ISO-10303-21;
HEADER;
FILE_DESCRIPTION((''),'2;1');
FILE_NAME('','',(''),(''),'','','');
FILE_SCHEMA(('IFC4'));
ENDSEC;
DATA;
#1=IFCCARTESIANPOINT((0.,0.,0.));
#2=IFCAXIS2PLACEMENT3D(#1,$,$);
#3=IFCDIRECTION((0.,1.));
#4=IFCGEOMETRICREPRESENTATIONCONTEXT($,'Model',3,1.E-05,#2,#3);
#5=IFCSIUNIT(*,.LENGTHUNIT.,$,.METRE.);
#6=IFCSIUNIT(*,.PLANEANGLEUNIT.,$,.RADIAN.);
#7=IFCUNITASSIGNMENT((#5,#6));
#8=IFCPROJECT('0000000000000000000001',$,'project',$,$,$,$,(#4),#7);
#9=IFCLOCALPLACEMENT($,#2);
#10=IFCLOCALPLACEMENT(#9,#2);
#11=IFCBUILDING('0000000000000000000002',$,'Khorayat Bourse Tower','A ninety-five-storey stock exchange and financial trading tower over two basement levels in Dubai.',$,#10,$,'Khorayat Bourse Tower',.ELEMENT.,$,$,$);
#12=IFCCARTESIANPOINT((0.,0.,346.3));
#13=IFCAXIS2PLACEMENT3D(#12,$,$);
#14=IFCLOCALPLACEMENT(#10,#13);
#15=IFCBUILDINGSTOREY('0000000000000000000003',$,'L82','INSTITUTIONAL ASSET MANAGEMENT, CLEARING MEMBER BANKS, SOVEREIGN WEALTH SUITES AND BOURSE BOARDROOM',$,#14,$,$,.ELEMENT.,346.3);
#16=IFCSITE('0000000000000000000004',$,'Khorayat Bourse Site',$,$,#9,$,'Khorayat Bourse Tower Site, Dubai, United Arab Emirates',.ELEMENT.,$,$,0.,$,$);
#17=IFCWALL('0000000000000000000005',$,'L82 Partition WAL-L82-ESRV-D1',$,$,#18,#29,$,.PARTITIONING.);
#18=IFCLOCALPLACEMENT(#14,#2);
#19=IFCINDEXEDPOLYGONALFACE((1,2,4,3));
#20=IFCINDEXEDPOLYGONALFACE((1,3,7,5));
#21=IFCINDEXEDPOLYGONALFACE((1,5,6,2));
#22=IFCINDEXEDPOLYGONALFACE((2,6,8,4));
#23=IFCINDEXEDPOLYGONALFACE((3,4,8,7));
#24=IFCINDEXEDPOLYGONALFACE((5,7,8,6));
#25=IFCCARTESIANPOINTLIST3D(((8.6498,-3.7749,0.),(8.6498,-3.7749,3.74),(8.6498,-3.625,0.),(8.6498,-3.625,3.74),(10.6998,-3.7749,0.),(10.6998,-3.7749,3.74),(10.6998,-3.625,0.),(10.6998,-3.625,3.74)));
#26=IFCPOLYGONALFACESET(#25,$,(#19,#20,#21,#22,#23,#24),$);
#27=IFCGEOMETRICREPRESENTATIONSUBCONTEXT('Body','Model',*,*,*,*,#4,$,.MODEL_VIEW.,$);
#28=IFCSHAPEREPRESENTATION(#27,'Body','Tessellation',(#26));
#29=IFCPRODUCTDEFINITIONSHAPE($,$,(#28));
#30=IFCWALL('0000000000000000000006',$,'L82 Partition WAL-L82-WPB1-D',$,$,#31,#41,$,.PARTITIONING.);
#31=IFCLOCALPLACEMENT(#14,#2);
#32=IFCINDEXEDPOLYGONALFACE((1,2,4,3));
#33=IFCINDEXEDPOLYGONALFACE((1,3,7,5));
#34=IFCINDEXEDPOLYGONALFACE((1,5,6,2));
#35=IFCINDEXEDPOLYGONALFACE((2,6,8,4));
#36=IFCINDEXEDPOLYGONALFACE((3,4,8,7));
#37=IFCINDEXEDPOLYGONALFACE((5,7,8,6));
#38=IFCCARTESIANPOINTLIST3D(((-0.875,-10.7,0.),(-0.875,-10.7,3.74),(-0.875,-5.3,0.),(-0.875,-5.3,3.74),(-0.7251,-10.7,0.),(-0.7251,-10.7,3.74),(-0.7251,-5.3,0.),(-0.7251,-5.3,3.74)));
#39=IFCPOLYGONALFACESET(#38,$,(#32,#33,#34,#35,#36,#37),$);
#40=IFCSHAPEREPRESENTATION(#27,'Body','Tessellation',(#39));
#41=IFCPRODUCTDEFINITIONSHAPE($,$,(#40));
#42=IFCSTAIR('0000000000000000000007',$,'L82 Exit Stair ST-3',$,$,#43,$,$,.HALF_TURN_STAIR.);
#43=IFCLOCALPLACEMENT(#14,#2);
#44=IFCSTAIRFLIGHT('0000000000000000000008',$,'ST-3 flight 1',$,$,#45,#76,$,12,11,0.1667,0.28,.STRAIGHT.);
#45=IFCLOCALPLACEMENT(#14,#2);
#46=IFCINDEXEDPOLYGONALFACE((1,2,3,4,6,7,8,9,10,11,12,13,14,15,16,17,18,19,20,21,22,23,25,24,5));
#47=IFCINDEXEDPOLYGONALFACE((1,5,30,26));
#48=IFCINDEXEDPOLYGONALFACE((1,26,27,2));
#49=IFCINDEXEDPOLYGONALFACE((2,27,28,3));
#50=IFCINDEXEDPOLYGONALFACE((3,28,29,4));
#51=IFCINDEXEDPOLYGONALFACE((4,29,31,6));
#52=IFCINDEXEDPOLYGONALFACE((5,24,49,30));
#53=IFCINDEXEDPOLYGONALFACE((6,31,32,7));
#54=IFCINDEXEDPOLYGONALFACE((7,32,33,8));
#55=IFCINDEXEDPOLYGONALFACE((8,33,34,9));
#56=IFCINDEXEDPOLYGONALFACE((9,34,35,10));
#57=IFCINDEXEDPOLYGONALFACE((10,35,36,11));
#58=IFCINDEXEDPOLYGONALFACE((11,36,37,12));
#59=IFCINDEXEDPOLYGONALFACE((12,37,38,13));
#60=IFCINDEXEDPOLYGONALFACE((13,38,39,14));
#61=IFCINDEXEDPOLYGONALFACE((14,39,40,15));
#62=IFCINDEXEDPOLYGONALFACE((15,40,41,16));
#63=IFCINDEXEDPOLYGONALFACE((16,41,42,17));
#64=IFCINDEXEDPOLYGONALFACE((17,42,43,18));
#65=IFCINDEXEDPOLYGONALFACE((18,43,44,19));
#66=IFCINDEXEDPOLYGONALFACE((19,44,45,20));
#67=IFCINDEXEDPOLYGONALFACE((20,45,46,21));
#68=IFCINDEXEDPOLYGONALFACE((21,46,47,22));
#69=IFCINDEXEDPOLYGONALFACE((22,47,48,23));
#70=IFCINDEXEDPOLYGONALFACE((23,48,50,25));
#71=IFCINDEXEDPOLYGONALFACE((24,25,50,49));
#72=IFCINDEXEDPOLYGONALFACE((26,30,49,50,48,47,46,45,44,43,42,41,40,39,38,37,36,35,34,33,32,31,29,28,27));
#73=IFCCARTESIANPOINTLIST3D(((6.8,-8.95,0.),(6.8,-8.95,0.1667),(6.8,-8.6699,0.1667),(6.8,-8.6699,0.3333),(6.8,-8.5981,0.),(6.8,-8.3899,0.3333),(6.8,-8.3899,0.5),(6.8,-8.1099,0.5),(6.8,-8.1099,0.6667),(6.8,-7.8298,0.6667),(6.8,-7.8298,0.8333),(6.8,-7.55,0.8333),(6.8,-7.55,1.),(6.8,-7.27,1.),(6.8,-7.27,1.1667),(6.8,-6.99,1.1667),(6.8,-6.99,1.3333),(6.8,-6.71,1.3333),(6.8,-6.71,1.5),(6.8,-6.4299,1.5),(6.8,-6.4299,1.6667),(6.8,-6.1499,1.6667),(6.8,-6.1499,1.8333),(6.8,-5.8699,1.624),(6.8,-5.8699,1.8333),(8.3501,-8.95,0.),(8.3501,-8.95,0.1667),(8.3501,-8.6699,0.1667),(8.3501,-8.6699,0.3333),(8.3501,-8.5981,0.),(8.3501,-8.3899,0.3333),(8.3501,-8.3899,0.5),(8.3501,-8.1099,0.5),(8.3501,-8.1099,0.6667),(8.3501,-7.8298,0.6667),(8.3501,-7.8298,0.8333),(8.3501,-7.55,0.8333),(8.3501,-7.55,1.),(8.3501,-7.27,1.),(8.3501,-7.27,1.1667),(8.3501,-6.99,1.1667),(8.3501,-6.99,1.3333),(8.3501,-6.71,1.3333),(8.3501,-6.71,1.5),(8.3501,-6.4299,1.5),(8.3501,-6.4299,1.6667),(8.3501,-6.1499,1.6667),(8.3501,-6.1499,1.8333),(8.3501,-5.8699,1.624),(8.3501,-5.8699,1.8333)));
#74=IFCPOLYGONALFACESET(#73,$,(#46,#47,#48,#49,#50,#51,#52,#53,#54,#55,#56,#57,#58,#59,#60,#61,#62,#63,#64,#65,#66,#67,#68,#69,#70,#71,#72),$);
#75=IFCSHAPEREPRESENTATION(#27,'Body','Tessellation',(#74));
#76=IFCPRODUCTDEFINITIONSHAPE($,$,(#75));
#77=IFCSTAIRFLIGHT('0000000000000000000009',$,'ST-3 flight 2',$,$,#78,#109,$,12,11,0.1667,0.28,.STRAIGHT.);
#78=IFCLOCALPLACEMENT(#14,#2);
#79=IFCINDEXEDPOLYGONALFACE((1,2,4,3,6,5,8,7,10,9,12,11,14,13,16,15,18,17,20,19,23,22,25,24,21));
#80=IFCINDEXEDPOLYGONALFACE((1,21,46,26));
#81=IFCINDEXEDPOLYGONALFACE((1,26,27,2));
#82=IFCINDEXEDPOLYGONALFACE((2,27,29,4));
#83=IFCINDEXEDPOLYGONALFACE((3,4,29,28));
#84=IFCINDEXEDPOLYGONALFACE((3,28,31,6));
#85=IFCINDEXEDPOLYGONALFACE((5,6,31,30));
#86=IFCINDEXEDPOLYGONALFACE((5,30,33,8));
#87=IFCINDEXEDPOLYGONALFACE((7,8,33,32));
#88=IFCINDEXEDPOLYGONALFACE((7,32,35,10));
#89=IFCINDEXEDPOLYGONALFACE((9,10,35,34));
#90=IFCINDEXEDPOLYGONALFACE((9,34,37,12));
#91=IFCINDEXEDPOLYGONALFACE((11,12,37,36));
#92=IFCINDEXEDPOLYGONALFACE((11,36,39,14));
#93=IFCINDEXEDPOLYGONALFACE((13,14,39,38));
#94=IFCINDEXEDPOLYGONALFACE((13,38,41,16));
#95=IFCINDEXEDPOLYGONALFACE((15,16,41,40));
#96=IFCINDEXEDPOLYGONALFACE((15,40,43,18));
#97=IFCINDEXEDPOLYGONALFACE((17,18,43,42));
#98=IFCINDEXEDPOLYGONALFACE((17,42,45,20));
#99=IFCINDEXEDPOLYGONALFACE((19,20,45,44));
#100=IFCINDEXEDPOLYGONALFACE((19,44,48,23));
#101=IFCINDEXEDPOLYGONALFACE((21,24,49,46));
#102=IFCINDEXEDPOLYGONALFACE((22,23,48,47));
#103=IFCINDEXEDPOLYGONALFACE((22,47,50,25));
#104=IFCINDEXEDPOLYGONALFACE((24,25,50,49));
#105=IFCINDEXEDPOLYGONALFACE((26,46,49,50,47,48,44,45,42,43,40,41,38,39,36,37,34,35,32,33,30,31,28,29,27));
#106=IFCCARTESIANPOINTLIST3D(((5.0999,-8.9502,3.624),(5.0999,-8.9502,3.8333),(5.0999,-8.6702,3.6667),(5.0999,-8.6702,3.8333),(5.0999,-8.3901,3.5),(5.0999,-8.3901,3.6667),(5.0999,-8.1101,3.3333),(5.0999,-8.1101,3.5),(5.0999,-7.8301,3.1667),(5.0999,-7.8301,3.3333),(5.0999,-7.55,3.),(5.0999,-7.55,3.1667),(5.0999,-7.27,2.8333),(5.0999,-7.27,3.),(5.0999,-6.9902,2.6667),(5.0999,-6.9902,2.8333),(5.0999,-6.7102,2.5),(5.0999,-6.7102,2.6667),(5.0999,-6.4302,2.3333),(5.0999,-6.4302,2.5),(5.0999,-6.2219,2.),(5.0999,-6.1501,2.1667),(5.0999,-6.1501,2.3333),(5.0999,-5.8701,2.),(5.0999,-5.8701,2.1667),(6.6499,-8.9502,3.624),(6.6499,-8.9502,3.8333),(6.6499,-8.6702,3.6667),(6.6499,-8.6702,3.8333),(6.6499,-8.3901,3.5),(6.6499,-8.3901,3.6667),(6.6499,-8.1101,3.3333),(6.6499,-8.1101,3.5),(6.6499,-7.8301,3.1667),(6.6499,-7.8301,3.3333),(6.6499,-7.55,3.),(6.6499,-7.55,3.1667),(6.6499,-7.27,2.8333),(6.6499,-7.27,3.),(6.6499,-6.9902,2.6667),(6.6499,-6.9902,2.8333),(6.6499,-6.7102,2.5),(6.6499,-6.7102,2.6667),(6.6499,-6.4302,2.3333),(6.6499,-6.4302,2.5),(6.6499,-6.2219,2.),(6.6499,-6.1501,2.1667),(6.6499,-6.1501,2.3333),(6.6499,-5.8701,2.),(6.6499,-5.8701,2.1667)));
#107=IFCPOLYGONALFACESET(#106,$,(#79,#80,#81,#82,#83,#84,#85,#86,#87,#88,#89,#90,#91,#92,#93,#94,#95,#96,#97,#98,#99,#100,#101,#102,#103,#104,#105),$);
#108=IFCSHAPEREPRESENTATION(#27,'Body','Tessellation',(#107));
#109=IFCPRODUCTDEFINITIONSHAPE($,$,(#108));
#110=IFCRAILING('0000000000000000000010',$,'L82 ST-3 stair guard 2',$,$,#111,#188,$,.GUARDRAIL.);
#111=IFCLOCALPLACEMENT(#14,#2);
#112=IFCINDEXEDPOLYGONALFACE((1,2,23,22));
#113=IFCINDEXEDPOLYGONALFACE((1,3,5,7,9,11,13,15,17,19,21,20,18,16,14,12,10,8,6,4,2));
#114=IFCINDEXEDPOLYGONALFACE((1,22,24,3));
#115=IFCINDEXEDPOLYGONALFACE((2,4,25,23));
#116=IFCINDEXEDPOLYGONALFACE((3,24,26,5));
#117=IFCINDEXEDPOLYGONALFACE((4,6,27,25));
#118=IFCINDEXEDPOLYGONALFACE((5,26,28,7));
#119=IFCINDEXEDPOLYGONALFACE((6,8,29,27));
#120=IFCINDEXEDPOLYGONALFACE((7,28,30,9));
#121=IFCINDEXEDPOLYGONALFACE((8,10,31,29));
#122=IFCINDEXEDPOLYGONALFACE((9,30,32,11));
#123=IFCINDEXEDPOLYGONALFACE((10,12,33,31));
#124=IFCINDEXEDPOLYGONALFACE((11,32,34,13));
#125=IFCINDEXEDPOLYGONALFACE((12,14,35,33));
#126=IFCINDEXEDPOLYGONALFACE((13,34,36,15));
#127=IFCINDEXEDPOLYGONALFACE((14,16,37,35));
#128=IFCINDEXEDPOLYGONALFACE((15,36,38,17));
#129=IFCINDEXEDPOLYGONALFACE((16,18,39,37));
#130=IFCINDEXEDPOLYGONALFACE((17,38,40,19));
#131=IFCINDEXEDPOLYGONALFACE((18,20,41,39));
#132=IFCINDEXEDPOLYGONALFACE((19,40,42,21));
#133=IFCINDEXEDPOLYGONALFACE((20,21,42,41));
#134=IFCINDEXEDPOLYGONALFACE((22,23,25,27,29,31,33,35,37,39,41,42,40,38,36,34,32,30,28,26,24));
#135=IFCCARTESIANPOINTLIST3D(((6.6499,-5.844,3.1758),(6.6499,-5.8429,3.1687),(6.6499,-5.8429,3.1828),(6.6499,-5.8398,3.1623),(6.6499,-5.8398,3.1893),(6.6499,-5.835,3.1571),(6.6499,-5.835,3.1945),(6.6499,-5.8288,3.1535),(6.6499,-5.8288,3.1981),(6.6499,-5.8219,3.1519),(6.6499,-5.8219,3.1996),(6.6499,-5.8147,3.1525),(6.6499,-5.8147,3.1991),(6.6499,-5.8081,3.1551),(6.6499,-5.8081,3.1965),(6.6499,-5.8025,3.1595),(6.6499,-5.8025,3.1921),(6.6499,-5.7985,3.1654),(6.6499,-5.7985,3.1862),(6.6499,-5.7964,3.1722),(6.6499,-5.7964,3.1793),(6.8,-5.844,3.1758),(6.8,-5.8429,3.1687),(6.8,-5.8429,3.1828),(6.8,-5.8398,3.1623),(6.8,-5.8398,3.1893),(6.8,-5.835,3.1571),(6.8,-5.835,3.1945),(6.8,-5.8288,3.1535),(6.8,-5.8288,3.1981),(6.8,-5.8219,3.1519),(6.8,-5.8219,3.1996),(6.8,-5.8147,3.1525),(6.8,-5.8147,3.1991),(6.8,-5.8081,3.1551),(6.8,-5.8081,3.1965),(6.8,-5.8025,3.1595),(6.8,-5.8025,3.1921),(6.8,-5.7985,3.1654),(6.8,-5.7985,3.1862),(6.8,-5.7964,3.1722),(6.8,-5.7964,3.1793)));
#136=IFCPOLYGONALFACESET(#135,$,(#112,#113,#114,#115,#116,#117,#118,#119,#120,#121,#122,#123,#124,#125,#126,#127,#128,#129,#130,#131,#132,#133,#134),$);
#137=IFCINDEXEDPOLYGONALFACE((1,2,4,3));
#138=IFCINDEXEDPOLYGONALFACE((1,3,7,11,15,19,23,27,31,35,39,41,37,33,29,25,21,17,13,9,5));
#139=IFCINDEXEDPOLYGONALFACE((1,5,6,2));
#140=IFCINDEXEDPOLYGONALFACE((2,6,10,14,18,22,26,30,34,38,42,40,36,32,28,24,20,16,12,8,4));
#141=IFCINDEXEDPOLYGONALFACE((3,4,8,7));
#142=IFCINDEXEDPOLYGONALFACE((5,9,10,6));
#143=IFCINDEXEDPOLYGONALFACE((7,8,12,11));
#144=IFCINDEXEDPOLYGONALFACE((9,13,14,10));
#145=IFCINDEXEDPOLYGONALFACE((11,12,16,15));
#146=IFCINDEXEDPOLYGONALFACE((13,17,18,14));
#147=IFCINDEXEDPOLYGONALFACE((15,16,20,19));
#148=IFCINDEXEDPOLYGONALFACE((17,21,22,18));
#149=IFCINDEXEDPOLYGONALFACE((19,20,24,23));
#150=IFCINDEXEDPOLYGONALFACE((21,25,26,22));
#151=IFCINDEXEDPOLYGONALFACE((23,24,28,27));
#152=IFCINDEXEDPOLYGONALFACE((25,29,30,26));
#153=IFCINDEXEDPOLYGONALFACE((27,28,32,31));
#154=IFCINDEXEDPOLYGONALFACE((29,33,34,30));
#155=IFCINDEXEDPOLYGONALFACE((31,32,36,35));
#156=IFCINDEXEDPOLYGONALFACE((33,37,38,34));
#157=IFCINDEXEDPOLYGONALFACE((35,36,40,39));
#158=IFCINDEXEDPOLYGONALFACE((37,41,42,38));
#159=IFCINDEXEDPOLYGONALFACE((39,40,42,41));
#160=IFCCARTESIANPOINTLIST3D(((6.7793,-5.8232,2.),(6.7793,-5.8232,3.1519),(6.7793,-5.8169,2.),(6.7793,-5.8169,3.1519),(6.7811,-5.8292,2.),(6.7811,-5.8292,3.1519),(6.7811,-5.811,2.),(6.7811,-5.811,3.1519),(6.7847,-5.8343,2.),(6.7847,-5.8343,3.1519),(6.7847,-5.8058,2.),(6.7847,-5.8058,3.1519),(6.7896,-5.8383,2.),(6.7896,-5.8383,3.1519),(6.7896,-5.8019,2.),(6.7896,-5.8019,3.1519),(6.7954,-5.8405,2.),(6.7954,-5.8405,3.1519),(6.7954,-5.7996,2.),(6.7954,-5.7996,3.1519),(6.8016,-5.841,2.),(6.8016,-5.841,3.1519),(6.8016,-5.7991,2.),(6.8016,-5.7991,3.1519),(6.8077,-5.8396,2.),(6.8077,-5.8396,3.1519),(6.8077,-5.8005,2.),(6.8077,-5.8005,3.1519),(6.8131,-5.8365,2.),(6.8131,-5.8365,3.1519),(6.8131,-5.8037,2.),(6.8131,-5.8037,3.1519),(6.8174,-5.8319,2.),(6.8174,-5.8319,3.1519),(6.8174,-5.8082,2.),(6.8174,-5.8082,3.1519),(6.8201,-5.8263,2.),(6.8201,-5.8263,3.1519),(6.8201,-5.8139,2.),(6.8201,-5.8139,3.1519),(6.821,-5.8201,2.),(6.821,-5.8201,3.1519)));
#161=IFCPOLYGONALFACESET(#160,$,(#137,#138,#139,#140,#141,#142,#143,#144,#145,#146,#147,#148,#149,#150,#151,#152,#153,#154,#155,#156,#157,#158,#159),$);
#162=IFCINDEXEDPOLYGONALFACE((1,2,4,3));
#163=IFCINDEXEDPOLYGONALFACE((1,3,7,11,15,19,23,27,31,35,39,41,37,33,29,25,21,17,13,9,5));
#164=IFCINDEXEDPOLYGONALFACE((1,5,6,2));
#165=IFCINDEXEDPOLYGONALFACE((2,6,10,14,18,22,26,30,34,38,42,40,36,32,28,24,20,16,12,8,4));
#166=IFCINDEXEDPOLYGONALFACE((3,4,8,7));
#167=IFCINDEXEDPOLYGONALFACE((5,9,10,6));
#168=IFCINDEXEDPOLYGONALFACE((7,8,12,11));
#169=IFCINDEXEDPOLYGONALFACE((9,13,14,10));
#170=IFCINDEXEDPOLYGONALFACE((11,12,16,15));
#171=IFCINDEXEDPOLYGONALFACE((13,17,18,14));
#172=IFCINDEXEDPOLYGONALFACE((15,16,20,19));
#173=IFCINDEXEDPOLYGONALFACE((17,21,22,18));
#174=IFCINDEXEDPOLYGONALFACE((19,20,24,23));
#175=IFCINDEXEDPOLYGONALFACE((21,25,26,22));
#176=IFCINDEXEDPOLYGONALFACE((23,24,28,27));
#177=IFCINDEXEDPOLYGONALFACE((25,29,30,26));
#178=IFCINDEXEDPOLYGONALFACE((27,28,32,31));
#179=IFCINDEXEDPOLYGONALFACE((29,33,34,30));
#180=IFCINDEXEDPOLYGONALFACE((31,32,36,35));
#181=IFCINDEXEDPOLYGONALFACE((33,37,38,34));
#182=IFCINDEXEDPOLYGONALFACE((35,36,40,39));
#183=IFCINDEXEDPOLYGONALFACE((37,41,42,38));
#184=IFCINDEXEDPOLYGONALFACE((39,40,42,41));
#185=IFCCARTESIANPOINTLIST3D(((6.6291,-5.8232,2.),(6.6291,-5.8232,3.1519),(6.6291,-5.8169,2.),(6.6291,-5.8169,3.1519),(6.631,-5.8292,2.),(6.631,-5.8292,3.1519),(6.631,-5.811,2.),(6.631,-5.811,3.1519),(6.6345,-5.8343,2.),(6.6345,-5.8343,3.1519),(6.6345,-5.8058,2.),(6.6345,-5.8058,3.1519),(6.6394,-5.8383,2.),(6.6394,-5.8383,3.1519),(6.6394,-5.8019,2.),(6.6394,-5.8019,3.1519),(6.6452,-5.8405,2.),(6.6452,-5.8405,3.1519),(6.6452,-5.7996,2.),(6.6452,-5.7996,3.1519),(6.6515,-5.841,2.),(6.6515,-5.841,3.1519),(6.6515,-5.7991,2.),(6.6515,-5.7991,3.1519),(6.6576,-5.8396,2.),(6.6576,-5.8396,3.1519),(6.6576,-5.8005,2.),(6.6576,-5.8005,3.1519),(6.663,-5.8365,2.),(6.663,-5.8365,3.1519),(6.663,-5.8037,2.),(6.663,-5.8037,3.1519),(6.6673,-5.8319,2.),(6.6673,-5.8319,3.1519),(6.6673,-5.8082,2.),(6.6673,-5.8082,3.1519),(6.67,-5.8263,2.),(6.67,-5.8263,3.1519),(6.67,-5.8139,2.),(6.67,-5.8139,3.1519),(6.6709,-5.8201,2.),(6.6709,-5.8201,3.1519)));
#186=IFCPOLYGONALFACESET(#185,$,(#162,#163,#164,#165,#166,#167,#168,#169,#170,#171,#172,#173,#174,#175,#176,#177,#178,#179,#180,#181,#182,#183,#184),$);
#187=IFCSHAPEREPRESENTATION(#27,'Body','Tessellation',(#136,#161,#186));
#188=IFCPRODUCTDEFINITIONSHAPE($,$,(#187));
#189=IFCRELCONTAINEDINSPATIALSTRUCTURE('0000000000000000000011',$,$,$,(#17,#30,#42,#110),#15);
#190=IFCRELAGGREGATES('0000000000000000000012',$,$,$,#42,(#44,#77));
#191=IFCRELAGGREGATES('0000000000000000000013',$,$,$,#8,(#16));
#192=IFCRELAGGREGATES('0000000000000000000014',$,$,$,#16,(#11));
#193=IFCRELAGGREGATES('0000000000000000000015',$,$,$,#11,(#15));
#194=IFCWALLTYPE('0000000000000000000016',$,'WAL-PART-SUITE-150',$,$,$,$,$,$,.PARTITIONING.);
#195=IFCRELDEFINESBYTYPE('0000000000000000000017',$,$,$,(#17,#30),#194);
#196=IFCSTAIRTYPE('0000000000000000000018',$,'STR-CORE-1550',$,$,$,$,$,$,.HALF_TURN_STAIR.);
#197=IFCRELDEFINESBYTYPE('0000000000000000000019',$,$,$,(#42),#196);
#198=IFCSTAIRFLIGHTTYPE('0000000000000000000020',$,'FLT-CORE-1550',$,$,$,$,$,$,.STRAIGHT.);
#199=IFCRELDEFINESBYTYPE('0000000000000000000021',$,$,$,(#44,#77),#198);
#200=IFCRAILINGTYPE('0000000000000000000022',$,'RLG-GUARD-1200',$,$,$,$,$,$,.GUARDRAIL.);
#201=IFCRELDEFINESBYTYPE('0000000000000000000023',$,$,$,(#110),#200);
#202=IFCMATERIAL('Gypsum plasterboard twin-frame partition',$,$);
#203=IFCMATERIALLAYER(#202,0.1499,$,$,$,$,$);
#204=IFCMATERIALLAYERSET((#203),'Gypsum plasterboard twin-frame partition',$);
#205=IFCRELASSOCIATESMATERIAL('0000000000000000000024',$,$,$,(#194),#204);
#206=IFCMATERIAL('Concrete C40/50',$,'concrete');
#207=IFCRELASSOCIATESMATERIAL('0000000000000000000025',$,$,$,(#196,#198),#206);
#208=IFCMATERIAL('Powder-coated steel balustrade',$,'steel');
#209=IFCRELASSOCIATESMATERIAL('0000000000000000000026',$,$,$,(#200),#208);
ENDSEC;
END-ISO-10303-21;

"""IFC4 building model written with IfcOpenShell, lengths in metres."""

from ifc_helpers import new_model, si_unit, direction, frame, frame_2d, origin, origin_2d, place, context, subcontext, project, spatial, polyline, rectangle, circle, outline, extrude, source, transform, mapped, material, layer, layer_set, type_object, element, aggregate, save


model = new_model("IFC4")

# Units and contexts
model_context = context("Model", 3, precision=1e-05, world=origin(), true_north=direction((0.0, 1.0)))
body_context = subcontext(model_context, "Body", "Model", "MODEL_VIEW")
ifc_project = project(units=[si_unit("LENGTHUNIT", "METRE"), si_unit("PLANEANGLEUNIT", "RADIAN")], contexts=[model_context])

# Site, building, storey
site_placement = place(None, origin())
site = spatial("IfcSite", under=ifc_project, at=site_placement, Name="Khorayat Bourse Site", LongName="Khorayat Bourse Tower Site, Dubai, United Arab Emirates", CompositionType="ELEMENT", RefElevation=0.0)
building_placement = place(site_placement, origin())
building = spatial("IfcBuilding", under=site, at=building_placement, Name="Khorayat Bourse Tower", Description="A ninety-five-storey stock exchange and financial trading tower over two basement levels in Dubai.", LongName="Khorayat Bourse Tower", CompositionType="ELEMENT")
storey_placement = place(building_placement, frame((0.0, 0.0, 346.3)))
storey = spatial("IfcBuildingStorey", under=building, at=storey_placement, Name="L82", Description="INSTITUTIONAL ASSET MANAGEMENT, CLEARING MEMBER BANKS, SOVEREIGN WEALTH SUITES AND BOURSE BOARDROOM", CompositionType="ELEMENT", Elevation=346.3)

# Shared definitions
ifc_material_1 = material(Name="Concrete C40/50", Category="concrete")

# Walls
ifc_material_2 = material(Name="Gypsum plasterboard twin-frame partition")
ifc_layer_1 = layer(ifc_material_2, 0.1499)
ifc_layer_set_1 = layer_set([ifc_layer_1], Name="Gypsum plasterboard twin-frame partition")
wall_type_1 = type_object("IfcWallType", Name="WAL-PART-SUITE-150", PredefinedType="PARTITIONING", material=ifc_layer_set_1)
shared_shape_1 = source(origin(), body_context, "Body", "SweptSolid", [
    extrude(rectangle(XDim=2.05, YDim=0.1499, at=frame_2d((1.0249, 0.0))), origin(), (0.0, 0.0, 1.0), 3.74),
])
wall_1_placement = place(storey_placement, frame((8.6499, -3.7, 0.0), z_axis=(0.0, 0.0, 1.0), x_axis=(1.0, 0.0, 0.0)))
element("IfcWall", 1, at=wall_1_placement, inside=storey, type_object=wall_type_1, Name="L82 Partition WAL-L82-ESRV-D1", PredefinedType="PARTITIONING", context=body_context, shape_type="MappedRepresentation", body=[
    mapped(shared_shape_1, transform((0.0, 0.0, 0.0), scale=1.0)),
])
shared_shape_2 = source(origin(), body_context, "Body", "SweptSolid", [
    extrude(rectangle(XDim=5.3999, YDim=0.1499, at=frame_2d((2.7, 0.0))), origin(), (0.0, 0.0, 1.0), 3.74),
])
wall_2_placement = place(storey_placement, frame((-0.8, -10.7, 0.0), z_axis=(0.0, 0.0, 1.0), x_axis=(0.0, 1.0, 0.0)))
element("IfcWall", 2, at=wall_2_placement, inside=storey, type_object=wall_type_1, Name="L82 Partition WAL-L82-WPB1-D", PredefinedType="PARTITIONING", context=body_context, shape_type="MappedRepresentation", body=[
    mapped(shared_shape_2, transform((0.0, 0.0, 0.0), scale=1.0)),
])

# Stair, stair flights
stair_type = type_object("IfcStairType", Name="STR-CORE-1550", PredefinedType="HALF_TURN_STAIR", material=ifc_material_1)
stair_placement = place(storey_placement, origin())
stair = element("IfcStair", 3, at=stair_placement, inside=storey, type_object=stair_type, Name="L82 Exit Stair ST-3", PredefinedType="HALF_TURN_STAIR")
stair_flight_type = type_object("IfcStairFlightType", Name="FLT-CORE-1550", PredefinedType="STRAIGHT", material=ifc_material_1)
shared_shape_3 = source(origin(), body_context, "Body", "SweptSolid", [
    extrude(outline(polyline([(0.0, 0.0), (0.0, 0.1667), (0.28, 0.1667), (0.28, 0.3333), (0.5601, 0.3333), (0.5601, 0.5), (0.8401, 0.5), (0.8401, 0.6667), (1.1201, 0.6667), (1.1201, 0.8333), (1.3999, 0.8333), (1.3999, 1.0), (1.6799, 1.0), (1.6799, 1.1667), (1.96, 1.1667), (1.96, 1.3333), (2.24, 1.3333), (2.24, 1.5), (2.52, 1.5), (2.52, 1.6667), (2.8, 1.6667), (2.8, 1.8333), (3.0801, 1.8333), (3.0801, 2.0), (3.0801, 1.624), (0.3518, 0.0), (0.0, 0.0)])), frame((0.0, 0.7749, 0.0), z_axis=(0.0, -1.0, 0.0), x_axis=(1.0, 0.0, 0.0)), (0.0, 0.0, 1.0), 1.55),
])
stair_flight_1_placement = place(storey_placement, frame((7.575, -8.95, 0.0), z_axis=(0.0, 0.0, 1.0), x_axis=(0.0, 1.0, 0.0)))
stair_flight_1 = element("IfcStairFlight", 4, at=stair_flight_1_placement, type_object=stair_flight_type, Name="ST-3 flight 1", NumberOfRisers=12, NumberOfTreads=11, PredefinedType="STRAIGHT", RiserHeight=0.1667, TreadLength=0.28, context=body_context, shape_type="MappedRepresentation", body=[
    mapped(shared_shape_3, transform((0.0, 0.0, 0.0), scale=1.0)),
])
stair_flight_2_placement = place(storey_placement, frame((5.875, -5.8701, 2.0), z_axis=(0.0, 0.0, 1.0), x_axis=(0.0, -1.0, 0.0)))
stair_flight_2 = element("IfcStairFlight", 5, at=stair_flight_2_placement, type_object=stair_flight_type, Name="ST-3 flight 2", NumberOfRisers=12, NumberOfTreads=11, PredefinedType="STRAIGHT", RiserHeight=0.1667, TreadLength=0.28, context=body_context, shape_type="MappedRepresentation", body=[
    mapped(shared_shape_3, transform((0.0, 0.0, 0.0), scale=1.0)),
])
aggregate(stair, [stair_flight_1, stair_flight_2])

# Railing
ifc_material_3 = material(Name="Powder-coated steel balustrade", Category="steel")
railing_type_1 = type_object("IfcRailingType", Name="RLG-GUARD-1200", PredefinedType="GUARDRAIL", material=ifc_material_3)
shared_shape_4 = source(origin(), body_context, "Body", "SweptSolid", [
    extrude(circle(Radius=0.0239, at=origin_2d()), frame((0.0, 0.0, 1.1758), z_axis=(-1.0, 0.0, 0.0), x_axis=(0.0, -1.0, 0.0)), (0.0, 0.0, 1.0), 0.1501),
    extrude(circle(Radius=0.021, at=origin_2d()), origin(), (0.0, 0.0, 1.0), 1.1519),
    extrude(circle(Radius=0.021, at=origin_2d()), frame((-0.1501, 0.0, 0.0)), (0.0, 0.0, 1.0), 1.1519),
])
for number, where, name in (
    (6, (6.8, -5.8201, 2.0), "L82 ST-3 stair guard 2"),
):
    element("IfcRailing", number, at=place(storey_placement, frame(where)), inside=storey, type_object=railing_type_1, Name=name, PredefinedType="GUARDRAIL", context=body_context, shape_type="MappedRepresentation", body=[
        mapped(shared_shape_4, transform((0.0, 0.0, 0.0), scale=1.0)),
    ])

save(model, "model.ifc")
